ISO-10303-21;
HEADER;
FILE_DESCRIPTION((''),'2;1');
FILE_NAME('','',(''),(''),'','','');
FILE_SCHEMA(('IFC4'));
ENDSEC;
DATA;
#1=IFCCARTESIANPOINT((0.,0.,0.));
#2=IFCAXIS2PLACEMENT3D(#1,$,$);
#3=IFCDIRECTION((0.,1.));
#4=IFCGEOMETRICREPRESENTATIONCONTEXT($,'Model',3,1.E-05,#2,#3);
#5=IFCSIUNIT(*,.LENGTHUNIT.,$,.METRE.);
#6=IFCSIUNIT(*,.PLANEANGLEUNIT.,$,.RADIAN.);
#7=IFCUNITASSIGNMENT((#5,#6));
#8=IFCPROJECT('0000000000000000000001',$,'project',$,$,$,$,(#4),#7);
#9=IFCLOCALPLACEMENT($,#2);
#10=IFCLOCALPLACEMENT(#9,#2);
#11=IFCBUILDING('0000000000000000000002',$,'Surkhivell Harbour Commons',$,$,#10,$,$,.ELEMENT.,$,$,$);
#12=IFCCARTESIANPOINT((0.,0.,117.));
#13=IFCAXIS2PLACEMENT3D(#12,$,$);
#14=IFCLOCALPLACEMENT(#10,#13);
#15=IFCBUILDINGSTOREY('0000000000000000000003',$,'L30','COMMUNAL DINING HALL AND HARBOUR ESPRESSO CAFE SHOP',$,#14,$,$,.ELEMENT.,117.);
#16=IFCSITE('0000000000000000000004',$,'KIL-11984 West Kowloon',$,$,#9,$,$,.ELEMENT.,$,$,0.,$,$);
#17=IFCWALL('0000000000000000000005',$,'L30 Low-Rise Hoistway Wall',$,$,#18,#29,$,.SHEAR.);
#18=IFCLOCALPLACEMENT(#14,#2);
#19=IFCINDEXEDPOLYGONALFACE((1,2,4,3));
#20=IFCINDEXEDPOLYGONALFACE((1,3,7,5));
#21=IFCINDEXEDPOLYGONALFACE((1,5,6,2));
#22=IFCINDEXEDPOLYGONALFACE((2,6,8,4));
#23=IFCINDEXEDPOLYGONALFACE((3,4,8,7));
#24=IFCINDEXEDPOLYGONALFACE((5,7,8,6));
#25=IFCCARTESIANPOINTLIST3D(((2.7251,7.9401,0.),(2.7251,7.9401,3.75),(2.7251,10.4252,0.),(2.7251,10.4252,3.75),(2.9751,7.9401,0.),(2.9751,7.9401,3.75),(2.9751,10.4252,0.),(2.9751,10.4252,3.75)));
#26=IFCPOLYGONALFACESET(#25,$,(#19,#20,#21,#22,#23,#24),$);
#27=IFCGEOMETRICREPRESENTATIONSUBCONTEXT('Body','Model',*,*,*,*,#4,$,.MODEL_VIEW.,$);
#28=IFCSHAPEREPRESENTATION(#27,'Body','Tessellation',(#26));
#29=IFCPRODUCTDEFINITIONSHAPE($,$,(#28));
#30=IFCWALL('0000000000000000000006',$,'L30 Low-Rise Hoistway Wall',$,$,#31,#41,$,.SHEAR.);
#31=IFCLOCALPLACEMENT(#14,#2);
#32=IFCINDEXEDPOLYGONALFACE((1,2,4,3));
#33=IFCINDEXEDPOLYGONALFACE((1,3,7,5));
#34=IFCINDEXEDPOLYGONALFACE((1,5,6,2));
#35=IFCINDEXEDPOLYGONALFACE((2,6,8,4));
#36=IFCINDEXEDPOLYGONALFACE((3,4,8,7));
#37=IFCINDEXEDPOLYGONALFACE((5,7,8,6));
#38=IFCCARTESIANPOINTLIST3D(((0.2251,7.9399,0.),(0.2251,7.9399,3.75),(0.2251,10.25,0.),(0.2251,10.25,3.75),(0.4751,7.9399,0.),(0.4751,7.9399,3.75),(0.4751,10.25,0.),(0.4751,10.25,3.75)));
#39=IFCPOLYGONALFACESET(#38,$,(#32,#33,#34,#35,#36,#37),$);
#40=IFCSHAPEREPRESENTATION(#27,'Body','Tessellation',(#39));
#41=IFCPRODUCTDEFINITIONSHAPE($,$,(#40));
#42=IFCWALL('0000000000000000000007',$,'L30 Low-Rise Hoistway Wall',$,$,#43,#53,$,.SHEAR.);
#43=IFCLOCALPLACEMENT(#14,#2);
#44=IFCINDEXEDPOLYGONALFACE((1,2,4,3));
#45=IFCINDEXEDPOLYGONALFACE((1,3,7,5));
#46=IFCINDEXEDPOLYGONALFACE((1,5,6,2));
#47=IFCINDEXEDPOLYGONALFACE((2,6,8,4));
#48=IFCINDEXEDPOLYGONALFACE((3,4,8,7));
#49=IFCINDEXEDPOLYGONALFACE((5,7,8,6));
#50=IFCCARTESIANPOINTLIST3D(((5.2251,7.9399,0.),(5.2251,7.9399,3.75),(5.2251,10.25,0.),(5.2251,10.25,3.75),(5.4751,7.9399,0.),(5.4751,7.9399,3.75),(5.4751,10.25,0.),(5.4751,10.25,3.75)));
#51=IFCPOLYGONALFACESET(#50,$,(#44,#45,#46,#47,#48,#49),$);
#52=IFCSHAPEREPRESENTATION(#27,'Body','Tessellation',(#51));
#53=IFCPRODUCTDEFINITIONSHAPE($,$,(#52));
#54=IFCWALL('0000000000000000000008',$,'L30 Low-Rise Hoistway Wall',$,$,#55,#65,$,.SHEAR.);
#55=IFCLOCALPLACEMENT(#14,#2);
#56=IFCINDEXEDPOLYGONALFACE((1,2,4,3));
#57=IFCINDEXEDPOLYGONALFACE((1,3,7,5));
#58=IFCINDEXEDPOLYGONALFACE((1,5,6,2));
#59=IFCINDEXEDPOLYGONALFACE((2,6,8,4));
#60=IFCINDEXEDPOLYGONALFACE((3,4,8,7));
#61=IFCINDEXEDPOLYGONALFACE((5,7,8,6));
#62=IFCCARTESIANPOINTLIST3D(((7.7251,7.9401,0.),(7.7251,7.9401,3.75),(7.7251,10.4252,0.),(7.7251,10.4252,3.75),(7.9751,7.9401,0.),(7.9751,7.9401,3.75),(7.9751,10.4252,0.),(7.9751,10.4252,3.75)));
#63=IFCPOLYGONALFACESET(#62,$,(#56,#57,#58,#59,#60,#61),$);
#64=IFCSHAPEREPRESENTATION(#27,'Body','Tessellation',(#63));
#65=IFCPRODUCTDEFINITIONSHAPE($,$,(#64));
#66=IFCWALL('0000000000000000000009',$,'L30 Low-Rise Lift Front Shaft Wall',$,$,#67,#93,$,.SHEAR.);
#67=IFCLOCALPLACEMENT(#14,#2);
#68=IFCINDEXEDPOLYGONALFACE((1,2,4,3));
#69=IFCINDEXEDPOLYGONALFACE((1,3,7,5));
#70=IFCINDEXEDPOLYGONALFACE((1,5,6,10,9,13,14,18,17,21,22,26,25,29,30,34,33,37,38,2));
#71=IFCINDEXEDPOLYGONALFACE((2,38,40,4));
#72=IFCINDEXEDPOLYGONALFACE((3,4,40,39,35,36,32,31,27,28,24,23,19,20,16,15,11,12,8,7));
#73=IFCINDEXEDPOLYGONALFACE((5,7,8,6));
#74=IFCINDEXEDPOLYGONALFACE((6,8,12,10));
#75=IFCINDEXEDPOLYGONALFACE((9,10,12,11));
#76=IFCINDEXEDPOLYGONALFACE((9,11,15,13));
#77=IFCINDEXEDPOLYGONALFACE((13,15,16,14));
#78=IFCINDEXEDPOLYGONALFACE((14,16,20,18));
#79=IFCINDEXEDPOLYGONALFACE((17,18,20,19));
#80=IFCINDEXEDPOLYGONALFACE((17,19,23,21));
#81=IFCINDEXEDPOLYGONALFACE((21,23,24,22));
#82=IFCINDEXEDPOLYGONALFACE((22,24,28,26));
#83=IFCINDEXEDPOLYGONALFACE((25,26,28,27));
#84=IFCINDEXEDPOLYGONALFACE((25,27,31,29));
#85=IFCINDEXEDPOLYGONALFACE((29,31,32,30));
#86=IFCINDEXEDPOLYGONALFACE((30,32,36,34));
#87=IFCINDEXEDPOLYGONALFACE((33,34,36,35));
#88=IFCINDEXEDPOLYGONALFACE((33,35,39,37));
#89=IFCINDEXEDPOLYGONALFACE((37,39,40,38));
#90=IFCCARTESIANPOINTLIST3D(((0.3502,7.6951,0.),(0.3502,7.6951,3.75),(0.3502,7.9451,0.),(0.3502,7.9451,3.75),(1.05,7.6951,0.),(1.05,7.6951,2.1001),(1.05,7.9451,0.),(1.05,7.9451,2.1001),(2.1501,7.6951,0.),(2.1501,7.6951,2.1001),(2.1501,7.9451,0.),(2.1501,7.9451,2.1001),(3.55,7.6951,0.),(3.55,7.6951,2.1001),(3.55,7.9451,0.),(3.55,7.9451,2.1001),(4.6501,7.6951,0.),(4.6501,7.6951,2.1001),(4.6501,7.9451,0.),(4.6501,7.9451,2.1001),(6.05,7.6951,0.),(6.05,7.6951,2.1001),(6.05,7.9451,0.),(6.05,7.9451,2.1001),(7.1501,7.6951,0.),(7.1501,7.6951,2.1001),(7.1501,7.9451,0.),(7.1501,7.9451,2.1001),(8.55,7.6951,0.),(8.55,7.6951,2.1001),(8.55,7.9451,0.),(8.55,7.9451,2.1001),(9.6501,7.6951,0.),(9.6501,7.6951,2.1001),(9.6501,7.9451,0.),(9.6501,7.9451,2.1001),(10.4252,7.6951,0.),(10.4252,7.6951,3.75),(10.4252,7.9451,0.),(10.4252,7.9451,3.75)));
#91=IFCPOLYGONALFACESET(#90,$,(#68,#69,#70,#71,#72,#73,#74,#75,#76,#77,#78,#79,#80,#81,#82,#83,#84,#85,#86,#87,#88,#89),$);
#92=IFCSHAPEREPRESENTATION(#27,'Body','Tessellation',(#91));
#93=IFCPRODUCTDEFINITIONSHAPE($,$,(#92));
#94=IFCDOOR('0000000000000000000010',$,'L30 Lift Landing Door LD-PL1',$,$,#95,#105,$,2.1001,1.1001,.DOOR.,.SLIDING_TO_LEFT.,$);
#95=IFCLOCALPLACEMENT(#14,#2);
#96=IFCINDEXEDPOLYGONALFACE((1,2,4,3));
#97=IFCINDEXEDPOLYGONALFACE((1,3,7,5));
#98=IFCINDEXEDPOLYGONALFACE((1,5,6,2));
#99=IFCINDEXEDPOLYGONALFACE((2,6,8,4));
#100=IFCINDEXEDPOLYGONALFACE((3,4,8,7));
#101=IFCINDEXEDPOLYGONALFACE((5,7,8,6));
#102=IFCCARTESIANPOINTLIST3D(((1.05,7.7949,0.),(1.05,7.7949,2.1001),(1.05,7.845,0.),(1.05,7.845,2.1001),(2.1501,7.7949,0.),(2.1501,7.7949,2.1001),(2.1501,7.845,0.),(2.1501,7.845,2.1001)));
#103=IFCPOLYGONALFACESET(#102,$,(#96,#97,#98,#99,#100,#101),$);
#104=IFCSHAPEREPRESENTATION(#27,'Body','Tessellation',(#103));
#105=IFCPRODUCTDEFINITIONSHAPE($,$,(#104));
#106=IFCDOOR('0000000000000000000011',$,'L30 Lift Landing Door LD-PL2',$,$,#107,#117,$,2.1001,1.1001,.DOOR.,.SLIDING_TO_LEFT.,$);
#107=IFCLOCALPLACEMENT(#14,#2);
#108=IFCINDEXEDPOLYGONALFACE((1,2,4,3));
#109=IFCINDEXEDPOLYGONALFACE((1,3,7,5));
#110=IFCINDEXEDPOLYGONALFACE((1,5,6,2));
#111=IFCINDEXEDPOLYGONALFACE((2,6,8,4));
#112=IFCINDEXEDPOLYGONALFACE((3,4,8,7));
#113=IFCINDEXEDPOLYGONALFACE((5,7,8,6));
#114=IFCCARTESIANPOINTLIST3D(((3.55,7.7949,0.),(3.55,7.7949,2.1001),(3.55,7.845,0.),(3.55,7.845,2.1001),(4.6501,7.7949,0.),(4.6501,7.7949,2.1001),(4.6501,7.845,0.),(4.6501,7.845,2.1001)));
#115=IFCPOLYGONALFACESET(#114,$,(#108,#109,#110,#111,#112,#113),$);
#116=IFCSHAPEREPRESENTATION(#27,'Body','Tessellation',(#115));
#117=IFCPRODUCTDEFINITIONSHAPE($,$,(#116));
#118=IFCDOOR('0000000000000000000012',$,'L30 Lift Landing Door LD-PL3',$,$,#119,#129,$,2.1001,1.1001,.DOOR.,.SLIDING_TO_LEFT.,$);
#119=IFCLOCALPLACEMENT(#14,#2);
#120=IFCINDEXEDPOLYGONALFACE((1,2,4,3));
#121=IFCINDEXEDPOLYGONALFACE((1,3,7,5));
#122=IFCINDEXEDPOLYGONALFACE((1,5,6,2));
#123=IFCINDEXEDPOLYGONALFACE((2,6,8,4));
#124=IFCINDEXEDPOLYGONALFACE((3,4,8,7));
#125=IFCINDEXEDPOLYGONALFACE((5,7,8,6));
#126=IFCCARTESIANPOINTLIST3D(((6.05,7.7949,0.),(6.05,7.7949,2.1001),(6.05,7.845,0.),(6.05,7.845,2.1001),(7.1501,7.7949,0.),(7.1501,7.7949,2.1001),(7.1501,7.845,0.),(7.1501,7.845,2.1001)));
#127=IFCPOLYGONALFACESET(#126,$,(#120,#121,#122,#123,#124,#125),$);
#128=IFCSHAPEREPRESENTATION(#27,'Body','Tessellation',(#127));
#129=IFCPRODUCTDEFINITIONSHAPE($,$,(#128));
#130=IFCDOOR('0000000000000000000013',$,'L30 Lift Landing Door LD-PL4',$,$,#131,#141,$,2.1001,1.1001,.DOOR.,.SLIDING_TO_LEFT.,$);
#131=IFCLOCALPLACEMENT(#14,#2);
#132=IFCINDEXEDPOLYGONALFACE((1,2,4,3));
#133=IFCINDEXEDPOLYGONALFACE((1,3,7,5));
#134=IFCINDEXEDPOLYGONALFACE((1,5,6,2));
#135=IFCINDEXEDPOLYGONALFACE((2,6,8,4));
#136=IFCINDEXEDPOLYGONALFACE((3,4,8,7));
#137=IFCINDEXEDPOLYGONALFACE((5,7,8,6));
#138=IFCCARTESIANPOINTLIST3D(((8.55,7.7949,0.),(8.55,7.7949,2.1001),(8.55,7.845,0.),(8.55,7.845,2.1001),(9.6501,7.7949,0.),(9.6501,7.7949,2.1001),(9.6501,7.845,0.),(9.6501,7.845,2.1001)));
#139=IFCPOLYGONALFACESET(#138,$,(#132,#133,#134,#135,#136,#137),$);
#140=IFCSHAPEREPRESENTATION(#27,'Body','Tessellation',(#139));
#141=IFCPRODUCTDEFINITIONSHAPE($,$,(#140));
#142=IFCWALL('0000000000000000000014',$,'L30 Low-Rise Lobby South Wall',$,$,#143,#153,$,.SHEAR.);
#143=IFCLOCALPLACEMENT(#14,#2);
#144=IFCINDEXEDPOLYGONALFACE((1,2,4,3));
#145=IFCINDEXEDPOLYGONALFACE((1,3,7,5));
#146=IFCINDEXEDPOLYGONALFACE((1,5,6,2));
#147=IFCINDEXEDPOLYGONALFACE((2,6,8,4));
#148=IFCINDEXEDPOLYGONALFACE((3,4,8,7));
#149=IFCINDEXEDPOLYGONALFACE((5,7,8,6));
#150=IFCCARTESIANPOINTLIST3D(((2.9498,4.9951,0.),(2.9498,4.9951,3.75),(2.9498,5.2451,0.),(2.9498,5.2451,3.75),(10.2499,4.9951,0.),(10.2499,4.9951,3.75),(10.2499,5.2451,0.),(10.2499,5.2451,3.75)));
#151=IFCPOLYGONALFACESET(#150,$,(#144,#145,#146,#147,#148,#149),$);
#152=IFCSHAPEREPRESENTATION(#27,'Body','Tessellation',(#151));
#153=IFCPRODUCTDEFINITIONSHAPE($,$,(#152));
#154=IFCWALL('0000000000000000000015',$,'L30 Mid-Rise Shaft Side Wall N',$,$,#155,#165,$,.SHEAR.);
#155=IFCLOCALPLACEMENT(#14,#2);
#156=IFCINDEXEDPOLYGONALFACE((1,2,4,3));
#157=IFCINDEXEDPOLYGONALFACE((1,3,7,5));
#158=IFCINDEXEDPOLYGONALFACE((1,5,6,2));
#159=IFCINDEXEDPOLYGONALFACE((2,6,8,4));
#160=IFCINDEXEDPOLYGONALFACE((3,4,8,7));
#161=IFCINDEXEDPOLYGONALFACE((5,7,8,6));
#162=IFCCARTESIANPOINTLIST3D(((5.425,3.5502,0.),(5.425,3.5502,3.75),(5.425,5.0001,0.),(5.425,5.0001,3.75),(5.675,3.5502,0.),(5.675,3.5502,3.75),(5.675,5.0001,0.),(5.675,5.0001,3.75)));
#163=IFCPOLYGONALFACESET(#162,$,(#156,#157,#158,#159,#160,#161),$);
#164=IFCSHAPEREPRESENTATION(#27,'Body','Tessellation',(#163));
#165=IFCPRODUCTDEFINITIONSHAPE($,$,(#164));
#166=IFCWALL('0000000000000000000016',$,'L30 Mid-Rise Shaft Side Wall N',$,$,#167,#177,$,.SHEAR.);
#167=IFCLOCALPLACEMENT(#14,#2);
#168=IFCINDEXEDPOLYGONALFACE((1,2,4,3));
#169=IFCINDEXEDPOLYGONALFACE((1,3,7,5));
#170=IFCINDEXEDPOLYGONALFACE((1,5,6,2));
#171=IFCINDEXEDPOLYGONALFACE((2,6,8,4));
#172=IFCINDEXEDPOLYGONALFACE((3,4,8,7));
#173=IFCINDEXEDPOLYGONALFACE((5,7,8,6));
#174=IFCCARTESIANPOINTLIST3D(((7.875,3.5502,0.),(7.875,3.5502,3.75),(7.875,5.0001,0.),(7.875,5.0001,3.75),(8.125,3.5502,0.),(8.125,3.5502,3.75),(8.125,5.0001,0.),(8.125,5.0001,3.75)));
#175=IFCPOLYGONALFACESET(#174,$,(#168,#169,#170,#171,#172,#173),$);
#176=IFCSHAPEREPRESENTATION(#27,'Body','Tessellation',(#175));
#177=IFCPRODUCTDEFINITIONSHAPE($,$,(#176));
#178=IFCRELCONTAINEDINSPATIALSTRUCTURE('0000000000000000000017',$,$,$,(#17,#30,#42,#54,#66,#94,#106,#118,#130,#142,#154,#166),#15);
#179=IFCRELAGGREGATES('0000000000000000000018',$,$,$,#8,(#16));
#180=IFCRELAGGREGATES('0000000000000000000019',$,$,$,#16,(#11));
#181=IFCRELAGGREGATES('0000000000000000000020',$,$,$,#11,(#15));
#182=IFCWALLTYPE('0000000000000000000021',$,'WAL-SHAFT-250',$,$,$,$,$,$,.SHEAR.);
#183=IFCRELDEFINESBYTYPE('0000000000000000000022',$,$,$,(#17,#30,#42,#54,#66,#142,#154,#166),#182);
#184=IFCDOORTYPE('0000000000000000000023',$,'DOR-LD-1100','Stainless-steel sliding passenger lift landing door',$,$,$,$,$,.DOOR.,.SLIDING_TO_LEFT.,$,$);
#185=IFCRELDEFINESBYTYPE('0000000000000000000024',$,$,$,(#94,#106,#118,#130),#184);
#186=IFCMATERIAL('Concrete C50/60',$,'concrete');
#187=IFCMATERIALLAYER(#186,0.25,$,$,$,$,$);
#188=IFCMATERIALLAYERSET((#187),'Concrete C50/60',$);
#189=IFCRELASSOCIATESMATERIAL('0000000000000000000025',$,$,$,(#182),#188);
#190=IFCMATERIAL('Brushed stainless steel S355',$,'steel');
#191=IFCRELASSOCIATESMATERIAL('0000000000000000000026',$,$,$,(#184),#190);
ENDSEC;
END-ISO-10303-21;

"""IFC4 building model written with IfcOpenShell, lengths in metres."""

from ifc_helpers import new_model, si_unit, direction, frame, frame_2d, origin, place, context, subcontext, project, spatial, rectangle, extrude, material, layer, layer_set, type_object, element, fill, save


model = new_model("IFC4")

# Units and contexts
model_context = context("Model", 3, precision=1e-05, world=origin(), true_north=direction((0.0, 1.0)))
body_context = subcontext(model_context, "Body", "Model", "MODEL_VIEW")
ifc_project = project(units=[si_unit("LENGTHUNIT", "METRE"), si_unit("PLANEANGLEUNIT", "RADIAN")], contexts=[model_context])

# Site, building, storey
site_placement = place(None, origin())
site = spatial("IfcSite", under=ifc_project, at=site_placement, Name="KIL-11984 West Kowloon", CompositionType="ELEMENT", RefElevation=0.0)
building_placement = place(site_placement, origin())
building = spatial("IfcBuilding", under=site, at=building_placement, Name="Surkhivell Harbour Commons", CompositionType="ELEMENT")
storey_placement = place(building_placement, frame((0.0, 0.0, 117.0)))
storey = spatial("IfcBuildingStorey", under=building, at=storey_placement, Name="L30", Description="COMMUNAL DINING HALL AND HARBOUR ESPRESSO CAFE SHOP", CompositionType="ELEMENT", Elevation=117.0)

# Walls
ifc_material_1 = material(Name="Concrete C50/60", Category="concrete")
ifc_layer_1 = layer(ifc_material_1, 0.25)
ifc_layer_set_1 = layer_set([ifc_layer_1], Name="Concrete C50/60")
wall_type_1 = type_object("IfcWallType", Name="WAL-SHAFT-250", PredefinedType="SHEAR", material=ifc_layer_set_1)
wall_1_placement = place(storey_placement, frame((2.8501, 7.9399, 0.0), z_axis=(0.0, 0.0, 1.0), x_axis=(0.0, 1.0, 0.0)))
element("IfcWall", 1, at=wall_1_placement, inside=storey, type_object=wall_type_1, Name="L30 Low-Rise Hoistway Wall", PredefinedType="SHEAR", context=body_context, shape_type="SweptSolid", body=[
    extrude(rectangle(XDim=2.4851, YDim=0.25, at=frame_2d((1.2427, 0.0))), origin(), (0.0, 0.0, 1.0), 3.75),
])
for number, where, z_axis, x_axis, name in (
    (2, (0.3501, 7.9399, 0.0), (0.0, 0.0, 1.0), (0.0, 1.0, 0.0), "L30 Low-Rise Hoistway Wall"),
    (3, (5.3501, 7.9399, 0.0), (0.0, 0.0, 1.0), (0.0, 1.0, 0.0), "L30 Low-Rise Hoistway Wall"),
):
    element("IfcWall", number, at=place(storey_placement, frame(where, z_axis=z_axis, x_axis=x_axis)), inside=storey, type_object=wall_type_1, Name=name, PredefinedType="SHEAR", context=body_context, shape_type="SweptSolid", body=[
        extrude(rectangle(XDim=2.3101, YDim=0.25, at=frame_2d((1.155, 0.0))), origin(), (0.0, 0.0, 1.0), 3.75),
    ])
wall_2_placement = place(storey_placement, frame((7.8501, 7.9399, 0.0), z_axis=(0.0, 0.0, 1.0), x_axis=(0.0, 1.0, 0.0)))
element("IfcWall", 4, at=wall_2_placement, inside=storey, type_object=wall_type_1, Name="L30 Low-Rise Hoistway Wall", PredefinedType="SHEAR", context=body_context, shape_type="SweptSolid", body=[
    extrude(rectangle(XDim=2.4851, YDim=0.25, at=frame_2d((1.2427, 0.0))), origin(), (0.0, 0.0, 1.0), 3.75),
])

# Wall, openings, doors
wall_3_placement = place(storey_placement, frame((0.3501, 7.8201, 0.0), z_axis=(0.0, 0.0, 1.0), x_axis=(1.0, 0.0, 0.0)))
wall_3 = element("IfcWall", 5, at=wall_3_placement, inside=storey, type_object=wall_type_1, Name="L30 Low-Rise Lift Front Shaft Wall", PredefinedType="SHEAR", context=body_context, shape_type="SweptSolid", body=[
    extrude(rectangle(XDim=10.075, YDim=0.25, at=frame_2d((5.0376, 0.0))), origin(), (0.0, 0.0, 1.0), 3.75),
])
opening_1_placement = place(wall_3_placement, frame((0.7, 0.0, 0.0)))
opening_1 = element("IfcOpeningElement", 6, at=opening_1_placement, cuts=wall_3, PredefinedType="OPENING", context=body_context, shape_type="SweptSolid", body=[
    extrude(rectangle(XDim=1.1001, YDim=2.1001, at=frame_2d((0.55, 1.05))), frame((0.0, 0.135, 0.0), z_axis=(0.0, -1.0, 0.0), x_axis=(1.0, 0.0, 0.0)), (0.0, 0.0, 1.0), 0.27),
])
opening_2_placement = place(wall_3_placement, frame((3.2, 0.0, 0.0)))
opening_2 = element("IfcOpeningElement", 7, at=opening_2_placement, cuts=wall_3, PredefinedType="OPENING", context=body_context, shape_type="SweptSolid", body=[
    extrude(rectangle(XDim=1.1001, YDim=2.1001, at=frame_2d((0.55, 1.05))), frame((0.0, 0.135, 0.0), z_axis=(0.0, -1.0, 0.0), x_axis=(1.0, 0.0, 0.0)), (0.0, 0.0, 1.0), 0.27),
])
opening_3_placement = place(wall_3_placement, frame((5.7, 0.0, 0.0)))
opening_3 = element("IfcOpeningElement", 8, at=opening_3_placement, cuts=wall_3, PredefinedType="OPENING", context=body_context, shape_type="SweptSolid", body=[
    extrude(rectangle(XDim=1.1001, YDim=2.1001, at=frame_2d((0.55, 1.05))), frame((0.0, 0.135, 0.0), z_axis=(0.0, -1.0, 0.0), x_axis=(1.0, 0.0, 0.0)), (0.0, 0.0, 1.0), 0.27),
])
opening_4_placement = place(wall_3_placement, frame((8.2, 0.0, 0.0)))
opening_4 = element("IfcOpeningElement", 9, at=opening_4_placement, cuts=wall_3, PredefinedType="OPENING", context=body_context, shape_type="SweptSolid", body=[
    extrude(rectangle(XDim=1.1001, YDim=2.1001, at=frame_2d((0.55, 1.05))), frame((0.0, 0.135, 0.0), z_axis=(0.0, -1.0, 0.0), x_axis=(1.0, 0.0, 0.0)), (0.0, 0.0, 1.0), 0.27),
])
ifc_material_2 = material(Name="Brushed stainless steel S355", Category="steel")
door_type_1 = type_object("IfcDoorType", Name="DOR-LD-1100", Description="Stainless-steel sliding passenger lift landing door", OperationType="SLIDING_TO_LEFT", PredefinedType="DOOR", material=ifc_material_2)
door_1_placement = place(opening_1_placement, origin())
door_1 = element("IfcDoor", 10, at=door_1_placement, inside=storey, type_object=door_type_1, Name="L30 Lift Landing Door LD-PL1", OperationType="SLIDING_TO_LEFT", OverallHeight=2.1001, OverallWidth=1.1001, PredefinedType="DOOR", context=body_context, shape_type="SweptSolid", body=[
    extrude(rectangle(XDim=1.1001, YDim=2.1001, at=frame_2d((0.55, 1.05))), frame((0.0, 0.0249, 0.0), z_axis=(0.0, -1.0, 0.0), x_axis=(1.0, 0.0, 0.0)), (0.0, 0.0, 1.0), 0.05),
])
fill(opening_1, door_1)
door_2_placement = place(opening_2_placement, origin())
door_2 = element("IfcDoor", 11, at=door_2_placement, inside=storey, type_object=door_type_1, Name="L30 Lift Landing Door LD-PL2", OperationType="SLIDING_TO_LEFT", OverallHeight=2.1001, OverallWidth=1.1001, PredefinedType="DOOR", context=body_context, shape_type="SweptSolid", body=[
    extrude(rectangle(XDim=1.1001, YDim=2.1001, at=frame_2d((0.55, 1.05))), frame((0.0, 0.0249, 0.0), z_axis=(0.0, -1.0, 0.0), x_axis=(1.0, 0.0, 0.0)), (0.0, 0.0, 1.0), 0.05),
])
fill(opening_2, door_2)
door_3_placement = place(opening_3_placement, origin())
door_3 = element("IfcDoor", 12, at=door_3_placement, inside=storey, type_object=door_type_1, Name="L30 Lift Landing Door LD-PL3", OperationType="SLIDING_TO_LEFT", OverallHeight=2.1001, OverallWidth=1.1001, PredefinedType="DOOR", context=body_context, shape_type="SweptSolid", body=[
    extrude(rectangle(XDim=1.1001, YDim=2.1001, at=frame_2d((0.55, 1.05))), frame((0.0, 0.0249, 0.0), z_axis=(0.0, -1.0, 0.0), x_axis=(1.0, 0.0, 0.0)), (0.0, 0.0, 1.0), 0.05),
])
fill(opening_3, door_3)
door_4_placement = place(opening_4_placement, origin())
door_4 = element("IfcDoor", 13, at=door_4_placement, inside=storey, type_object=door_type_1, Name="L30 Lift Landing Door LD-PL4", OperationType="SLIDING_TO_LEFT", OverallHeight=2.1001, OverallWidth=1.1001, PredefinedType="DOOR", context=body_context, shape_type="SweptSolid", body=[
    extrude(rectangle(XDim=1.1001, YDim=2.1001, at=frame_2d((0.55, 1.05))), frame((0.0, 0.0249, 0.0), z_axis=(0.0, -1.0, 0.0), x_axis=(1.0, 0.0, 0.0)), (0.0, 0.0, 1.0), 0.05),
])
fill(opening_4, door_4)

# Walls
wall_4_placement = place(storey_placement, frame((2.95, 5.1201, 0.0), z_axis=(0.0, 0.0, 1.0), x_axis=(1.0, 0.0, 0.0)))
element("IfcWall", 14, at=wall_4_placement, inside=storey, type_object=wall_type_1, Name="L30 Low-Rise Lobby South Wall", PredefinedType="SHEAR", context=body_context, shape_type="SweptSolid", body=[
    extrude(rectangle(XDim=7.3, YDim=0.25, at=frame_2d((3.6499, 0.0))), origin(), (0.0, 0.0, 1.0), 3.75),
])
for number, where, z_axis, x_axis, name in (
    (15, (5.55, 3.55, 0.0), (0.0, 0.0, 1.0), (0.0, 1.0, 0.0), "L30 Mid-Rise Shaft Side Wall N"),
    (16, (8.0, 3.55, 0.0), (0.0, 0.0, 1.0), (0.0, 1.0, 0.0), "L30 Mid-Rise Shaft Side Wall N"),
):
    element("IfcWall", number, at=place(storey_placement, frame(where, z_axis=z_axis, x_axis=x_axis)), inside=storey, type_object=wall_type_1, Name=name, PredefinedType="SHEAR", context=body_context, shape_type="SweptSolid", body=[
        extrude(rectangle(XDim=1.45, YDim=0.25, at=frame_2d((0.7251, 0.0))), origin(), (0.0, 0.0, 1.0), 3.75),
    ])

save(model, "model.ifc")
